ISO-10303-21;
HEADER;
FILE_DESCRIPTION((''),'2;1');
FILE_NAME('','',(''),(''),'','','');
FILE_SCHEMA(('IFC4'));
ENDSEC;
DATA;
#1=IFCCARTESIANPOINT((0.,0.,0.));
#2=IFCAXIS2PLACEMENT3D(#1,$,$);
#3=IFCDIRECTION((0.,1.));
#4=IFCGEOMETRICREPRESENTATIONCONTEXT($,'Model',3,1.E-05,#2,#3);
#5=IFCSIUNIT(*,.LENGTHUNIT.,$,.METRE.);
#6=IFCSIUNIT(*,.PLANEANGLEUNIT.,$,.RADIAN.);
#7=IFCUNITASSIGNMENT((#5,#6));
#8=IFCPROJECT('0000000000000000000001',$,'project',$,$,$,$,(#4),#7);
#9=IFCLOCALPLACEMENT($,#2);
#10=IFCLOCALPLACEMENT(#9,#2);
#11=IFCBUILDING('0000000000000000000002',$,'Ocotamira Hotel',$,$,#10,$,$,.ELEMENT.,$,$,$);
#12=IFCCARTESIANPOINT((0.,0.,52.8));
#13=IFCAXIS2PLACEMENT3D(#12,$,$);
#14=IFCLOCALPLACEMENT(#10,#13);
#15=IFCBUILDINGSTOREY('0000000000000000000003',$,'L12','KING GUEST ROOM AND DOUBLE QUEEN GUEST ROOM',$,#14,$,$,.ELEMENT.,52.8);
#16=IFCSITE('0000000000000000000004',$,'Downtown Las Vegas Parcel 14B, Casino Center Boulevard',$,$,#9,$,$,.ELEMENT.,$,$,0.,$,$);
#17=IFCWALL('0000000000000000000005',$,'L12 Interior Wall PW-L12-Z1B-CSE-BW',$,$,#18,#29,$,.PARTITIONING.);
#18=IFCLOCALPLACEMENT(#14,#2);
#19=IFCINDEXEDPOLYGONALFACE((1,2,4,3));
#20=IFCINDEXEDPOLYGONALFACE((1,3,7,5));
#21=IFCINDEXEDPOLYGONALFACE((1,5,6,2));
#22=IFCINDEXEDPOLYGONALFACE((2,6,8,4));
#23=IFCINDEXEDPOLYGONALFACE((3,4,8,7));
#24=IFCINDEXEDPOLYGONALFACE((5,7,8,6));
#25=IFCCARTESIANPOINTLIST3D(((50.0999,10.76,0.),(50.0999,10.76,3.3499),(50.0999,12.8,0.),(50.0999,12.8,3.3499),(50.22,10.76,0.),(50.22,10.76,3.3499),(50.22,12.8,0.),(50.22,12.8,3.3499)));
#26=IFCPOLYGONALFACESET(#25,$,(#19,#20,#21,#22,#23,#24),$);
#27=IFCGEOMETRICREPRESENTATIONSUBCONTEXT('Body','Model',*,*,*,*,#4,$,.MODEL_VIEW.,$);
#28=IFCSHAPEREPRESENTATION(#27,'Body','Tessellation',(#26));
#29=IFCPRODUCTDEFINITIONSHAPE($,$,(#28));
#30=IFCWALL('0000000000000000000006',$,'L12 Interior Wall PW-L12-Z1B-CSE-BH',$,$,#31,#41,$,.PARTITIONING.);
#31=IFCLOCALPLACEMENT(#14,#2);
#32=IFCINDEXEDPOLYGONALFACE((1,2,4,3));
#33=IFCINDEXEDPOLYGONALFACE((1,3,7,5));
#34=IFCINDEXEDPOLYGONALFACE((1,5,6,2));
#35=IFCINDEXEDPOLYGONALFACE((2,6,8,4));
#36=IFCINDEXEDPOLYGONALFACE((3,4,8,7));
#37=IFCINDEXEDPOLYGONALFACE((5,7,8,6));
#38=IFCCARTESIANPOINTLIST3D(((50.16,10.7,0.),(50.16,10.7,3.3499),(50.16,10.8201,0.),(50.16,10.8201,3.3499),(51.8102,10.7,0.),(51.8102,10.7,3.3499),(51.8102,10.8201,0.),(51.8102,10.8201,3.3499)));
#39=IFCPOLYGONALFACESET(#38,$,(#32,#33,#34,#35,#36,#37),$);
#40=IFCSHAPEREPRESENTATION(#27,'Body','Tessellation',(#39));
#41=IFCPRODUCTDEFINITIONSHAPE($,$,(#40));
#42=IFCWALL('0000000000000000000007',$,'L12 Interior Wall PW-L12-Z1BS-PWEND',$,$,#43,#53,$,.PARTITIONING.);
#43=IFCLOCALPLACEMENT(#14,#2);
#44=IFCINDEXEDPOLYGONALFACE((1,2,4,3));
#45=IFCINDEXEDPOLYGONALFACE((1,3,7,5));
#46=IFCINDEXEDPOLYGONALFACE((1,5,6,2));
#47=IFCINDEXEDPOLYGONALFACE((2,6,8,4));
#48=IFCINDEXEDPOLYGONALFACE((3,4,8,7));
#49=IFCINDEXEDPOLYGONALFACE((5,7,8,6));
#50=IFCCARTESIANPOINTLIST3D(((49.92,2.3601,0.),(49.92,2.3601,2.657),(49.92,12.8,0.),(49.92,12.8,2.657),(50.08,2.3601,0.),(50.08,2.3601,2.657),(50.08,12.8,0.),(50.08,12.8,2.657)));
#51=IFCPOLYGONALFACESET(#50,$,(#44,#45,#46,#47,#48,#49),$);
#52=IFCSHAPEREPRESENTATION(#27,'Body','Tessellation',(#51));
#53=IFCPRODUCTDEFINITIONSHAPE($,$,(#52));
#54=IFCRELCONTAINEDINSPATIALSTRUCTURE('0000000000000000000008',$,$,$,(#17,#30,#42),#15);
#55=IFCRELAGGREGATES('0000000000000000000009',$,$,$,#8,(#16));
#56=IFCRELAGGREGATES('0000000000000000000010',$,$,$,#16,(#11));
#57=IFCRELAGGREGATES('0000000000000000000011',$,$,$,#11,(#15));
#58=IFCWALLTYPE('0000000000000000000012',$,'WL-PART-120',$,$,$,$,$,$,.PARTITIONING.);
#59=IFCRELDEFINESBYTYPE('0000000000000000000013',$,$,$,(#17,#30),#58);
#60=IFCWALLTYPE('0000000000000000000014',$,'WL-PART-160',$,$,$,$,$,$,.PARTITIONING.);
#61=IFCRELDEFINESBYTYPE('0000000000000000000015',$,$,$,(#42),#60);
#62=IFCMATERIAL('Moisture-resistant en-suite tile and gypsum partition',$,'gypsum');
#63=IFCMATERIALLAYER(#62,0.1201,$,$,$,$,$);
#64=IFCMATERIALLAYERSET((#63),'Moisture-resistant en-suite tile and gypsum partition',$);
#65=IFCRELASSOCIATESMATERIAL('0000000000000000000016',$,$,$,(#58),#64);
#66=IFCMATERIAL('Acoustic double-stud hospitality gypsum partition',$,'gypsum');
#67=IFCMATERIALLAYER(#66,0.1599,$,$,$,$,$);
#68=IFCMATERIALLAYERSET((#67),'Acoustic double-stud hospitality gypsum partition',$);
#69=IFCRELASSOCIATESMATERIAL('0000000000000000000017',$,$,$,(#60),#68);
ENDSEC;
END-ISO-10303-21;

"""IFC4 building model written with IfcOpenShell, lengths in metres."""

from ifc_helpers import new_model, si_unit, direction, frame, frame_2d, origin, place, context, subcontext, project, spatial, rectangle, extrude, material, layer, layer_set, type_object, element, save


model = new_model("IFC4")

# Units and contexts
model_context = context("Model", 3, precision=1e-05, world=origin(), true_north=direction((0.0, 1.0)))
body_context = subcontext(model_context, "Body", "Model", "MODEL_VIEW")
ifc_project = project(units=[si_unit("LENGTHUNIT", "METRE"), si_unit("PLANEANGLEUNIT", "RADIAN")], contexts=[model_context])

# Site, building, storey
site_placement = place(None, origin())
site = spatial("IfcSite", under=ifc_project, at=site_placement, Name="Downtown Las Vegas Parcel 14B, Casino Center Boulevard", CompositionType="ELEMENT", RefElevation=0.0)
building_placement = place(site_placement, origin())
building = spatial("IfcBuilding", under=site, at=building_placement, Name="Ocotamira Hotel", CompositionType="ELEMENT")
storey_placement = place(building_placement, frame((0.0, 0.0, 52.8)))
storey = spatial("IfcBuildingStorey", under=building, at=storey_placement, Name="L12", Description="KING GUEST ROOM AND DOUBLE QUEEN GUEST ROOM", CompositionType="ELEMENT", Elevation=52.8)

# Shared definitions
ifc_material_1 = material(Name="Moisture-resistant en-suite tile and gypsum partition", Category="gypsum")
ifc_layer_1 = layer(ifc_material_1, 0.1201)
ifc_layer_set_1 = layer_set([ifc_layer_1], Name="Moisture-resistant en-suite tile and gypsum partition")
wall_type_1 = type_object("IfcWallType", Name="WL-PART-120", PredefinedType="PARTITIONING", material=ifc_layer_set_1)

# Walls
wall_1_placement = place(storey_placement, frame((50.1599, 10.76, 0.0), z_axis=(0.0, 0.0, 1.0), x_axis=(0.0, 1.0, 0.0)))
element("IfcWall", 1, at=wall_1_placement, inside=storey, type_object=wall_type_1, Name="L12 Interior Wall PW-L12-Z1B-CSE-BW", PredefinedType="PARTITIONING", context=body_context, shape_type="SweptSolid", body=[
    extrude(rectangle(XDim=2.04, YDim=0.1201, at=frame_2d((1.02, 0.0))), origin(), (0.0, 0.0, 1.0), 3.3499),
])
wall_2_placement = place(storey_placement, frame((50.1599, 10.76, 0.0), z_axis=(0.0, 0.0, 1.0), x_axis=(1.0, 0.0, 0.0)))
element("IfcWall", 2, at=wall_2_placement, inside=storey, type_object=wall_type_1, Name="L12 Interior Wall PW-L12-Z1B-CSE-BH", PredefinedType="PARTITIONING", context=body_context, shape_type="SweptSolid", body=[
    extrude(rectangle(XDim=1.6501, YDim=0.1201, at=frame_2d((0.8252, 0.0))), origin(), (0.0, 0.0, 1.0), 3.3499),
])
ifc_material_2 = material(Name="Acoustic double-stud hospitality gypsum partition", Category="gypsum")
ifc_layer_2 = layer(ifc_material_2, 0.1599)
ifc_layer_set_2 = layer_set([ifc_layer_2], Name="Acoustic double-stud hospitality gypsum partition")
wall_type_2 = type_object("IfcWallType", Name="WL-PART-160", PredefinedType="PARTITIONING", material=ifc_layer_set_2)
wall_3_placement = place(storey_placement, frame((50.0, 2.3601, 0.0), z_axis=(0.0, 0.0, 1.0), x_axis=(0.0, 1.0, 0.0)))
element("IfcWall", 3, at=wall_3_placement, inside=storey, type_object=wall_type_2, Name="L12 Interior Wall PW-L12-Z1BS-PWEND", PredefinedType="PARTITIONING", context=body_context, shape_type="SweptSolid", body=[
    extrude(rectangle(XDim=10.4399, YDim=0.1599, at=frame_2d((5.22, 0.0))), origin(), (0.0, 0.0, 1.0), 2.657),
])

save(model, "model.ifc")
